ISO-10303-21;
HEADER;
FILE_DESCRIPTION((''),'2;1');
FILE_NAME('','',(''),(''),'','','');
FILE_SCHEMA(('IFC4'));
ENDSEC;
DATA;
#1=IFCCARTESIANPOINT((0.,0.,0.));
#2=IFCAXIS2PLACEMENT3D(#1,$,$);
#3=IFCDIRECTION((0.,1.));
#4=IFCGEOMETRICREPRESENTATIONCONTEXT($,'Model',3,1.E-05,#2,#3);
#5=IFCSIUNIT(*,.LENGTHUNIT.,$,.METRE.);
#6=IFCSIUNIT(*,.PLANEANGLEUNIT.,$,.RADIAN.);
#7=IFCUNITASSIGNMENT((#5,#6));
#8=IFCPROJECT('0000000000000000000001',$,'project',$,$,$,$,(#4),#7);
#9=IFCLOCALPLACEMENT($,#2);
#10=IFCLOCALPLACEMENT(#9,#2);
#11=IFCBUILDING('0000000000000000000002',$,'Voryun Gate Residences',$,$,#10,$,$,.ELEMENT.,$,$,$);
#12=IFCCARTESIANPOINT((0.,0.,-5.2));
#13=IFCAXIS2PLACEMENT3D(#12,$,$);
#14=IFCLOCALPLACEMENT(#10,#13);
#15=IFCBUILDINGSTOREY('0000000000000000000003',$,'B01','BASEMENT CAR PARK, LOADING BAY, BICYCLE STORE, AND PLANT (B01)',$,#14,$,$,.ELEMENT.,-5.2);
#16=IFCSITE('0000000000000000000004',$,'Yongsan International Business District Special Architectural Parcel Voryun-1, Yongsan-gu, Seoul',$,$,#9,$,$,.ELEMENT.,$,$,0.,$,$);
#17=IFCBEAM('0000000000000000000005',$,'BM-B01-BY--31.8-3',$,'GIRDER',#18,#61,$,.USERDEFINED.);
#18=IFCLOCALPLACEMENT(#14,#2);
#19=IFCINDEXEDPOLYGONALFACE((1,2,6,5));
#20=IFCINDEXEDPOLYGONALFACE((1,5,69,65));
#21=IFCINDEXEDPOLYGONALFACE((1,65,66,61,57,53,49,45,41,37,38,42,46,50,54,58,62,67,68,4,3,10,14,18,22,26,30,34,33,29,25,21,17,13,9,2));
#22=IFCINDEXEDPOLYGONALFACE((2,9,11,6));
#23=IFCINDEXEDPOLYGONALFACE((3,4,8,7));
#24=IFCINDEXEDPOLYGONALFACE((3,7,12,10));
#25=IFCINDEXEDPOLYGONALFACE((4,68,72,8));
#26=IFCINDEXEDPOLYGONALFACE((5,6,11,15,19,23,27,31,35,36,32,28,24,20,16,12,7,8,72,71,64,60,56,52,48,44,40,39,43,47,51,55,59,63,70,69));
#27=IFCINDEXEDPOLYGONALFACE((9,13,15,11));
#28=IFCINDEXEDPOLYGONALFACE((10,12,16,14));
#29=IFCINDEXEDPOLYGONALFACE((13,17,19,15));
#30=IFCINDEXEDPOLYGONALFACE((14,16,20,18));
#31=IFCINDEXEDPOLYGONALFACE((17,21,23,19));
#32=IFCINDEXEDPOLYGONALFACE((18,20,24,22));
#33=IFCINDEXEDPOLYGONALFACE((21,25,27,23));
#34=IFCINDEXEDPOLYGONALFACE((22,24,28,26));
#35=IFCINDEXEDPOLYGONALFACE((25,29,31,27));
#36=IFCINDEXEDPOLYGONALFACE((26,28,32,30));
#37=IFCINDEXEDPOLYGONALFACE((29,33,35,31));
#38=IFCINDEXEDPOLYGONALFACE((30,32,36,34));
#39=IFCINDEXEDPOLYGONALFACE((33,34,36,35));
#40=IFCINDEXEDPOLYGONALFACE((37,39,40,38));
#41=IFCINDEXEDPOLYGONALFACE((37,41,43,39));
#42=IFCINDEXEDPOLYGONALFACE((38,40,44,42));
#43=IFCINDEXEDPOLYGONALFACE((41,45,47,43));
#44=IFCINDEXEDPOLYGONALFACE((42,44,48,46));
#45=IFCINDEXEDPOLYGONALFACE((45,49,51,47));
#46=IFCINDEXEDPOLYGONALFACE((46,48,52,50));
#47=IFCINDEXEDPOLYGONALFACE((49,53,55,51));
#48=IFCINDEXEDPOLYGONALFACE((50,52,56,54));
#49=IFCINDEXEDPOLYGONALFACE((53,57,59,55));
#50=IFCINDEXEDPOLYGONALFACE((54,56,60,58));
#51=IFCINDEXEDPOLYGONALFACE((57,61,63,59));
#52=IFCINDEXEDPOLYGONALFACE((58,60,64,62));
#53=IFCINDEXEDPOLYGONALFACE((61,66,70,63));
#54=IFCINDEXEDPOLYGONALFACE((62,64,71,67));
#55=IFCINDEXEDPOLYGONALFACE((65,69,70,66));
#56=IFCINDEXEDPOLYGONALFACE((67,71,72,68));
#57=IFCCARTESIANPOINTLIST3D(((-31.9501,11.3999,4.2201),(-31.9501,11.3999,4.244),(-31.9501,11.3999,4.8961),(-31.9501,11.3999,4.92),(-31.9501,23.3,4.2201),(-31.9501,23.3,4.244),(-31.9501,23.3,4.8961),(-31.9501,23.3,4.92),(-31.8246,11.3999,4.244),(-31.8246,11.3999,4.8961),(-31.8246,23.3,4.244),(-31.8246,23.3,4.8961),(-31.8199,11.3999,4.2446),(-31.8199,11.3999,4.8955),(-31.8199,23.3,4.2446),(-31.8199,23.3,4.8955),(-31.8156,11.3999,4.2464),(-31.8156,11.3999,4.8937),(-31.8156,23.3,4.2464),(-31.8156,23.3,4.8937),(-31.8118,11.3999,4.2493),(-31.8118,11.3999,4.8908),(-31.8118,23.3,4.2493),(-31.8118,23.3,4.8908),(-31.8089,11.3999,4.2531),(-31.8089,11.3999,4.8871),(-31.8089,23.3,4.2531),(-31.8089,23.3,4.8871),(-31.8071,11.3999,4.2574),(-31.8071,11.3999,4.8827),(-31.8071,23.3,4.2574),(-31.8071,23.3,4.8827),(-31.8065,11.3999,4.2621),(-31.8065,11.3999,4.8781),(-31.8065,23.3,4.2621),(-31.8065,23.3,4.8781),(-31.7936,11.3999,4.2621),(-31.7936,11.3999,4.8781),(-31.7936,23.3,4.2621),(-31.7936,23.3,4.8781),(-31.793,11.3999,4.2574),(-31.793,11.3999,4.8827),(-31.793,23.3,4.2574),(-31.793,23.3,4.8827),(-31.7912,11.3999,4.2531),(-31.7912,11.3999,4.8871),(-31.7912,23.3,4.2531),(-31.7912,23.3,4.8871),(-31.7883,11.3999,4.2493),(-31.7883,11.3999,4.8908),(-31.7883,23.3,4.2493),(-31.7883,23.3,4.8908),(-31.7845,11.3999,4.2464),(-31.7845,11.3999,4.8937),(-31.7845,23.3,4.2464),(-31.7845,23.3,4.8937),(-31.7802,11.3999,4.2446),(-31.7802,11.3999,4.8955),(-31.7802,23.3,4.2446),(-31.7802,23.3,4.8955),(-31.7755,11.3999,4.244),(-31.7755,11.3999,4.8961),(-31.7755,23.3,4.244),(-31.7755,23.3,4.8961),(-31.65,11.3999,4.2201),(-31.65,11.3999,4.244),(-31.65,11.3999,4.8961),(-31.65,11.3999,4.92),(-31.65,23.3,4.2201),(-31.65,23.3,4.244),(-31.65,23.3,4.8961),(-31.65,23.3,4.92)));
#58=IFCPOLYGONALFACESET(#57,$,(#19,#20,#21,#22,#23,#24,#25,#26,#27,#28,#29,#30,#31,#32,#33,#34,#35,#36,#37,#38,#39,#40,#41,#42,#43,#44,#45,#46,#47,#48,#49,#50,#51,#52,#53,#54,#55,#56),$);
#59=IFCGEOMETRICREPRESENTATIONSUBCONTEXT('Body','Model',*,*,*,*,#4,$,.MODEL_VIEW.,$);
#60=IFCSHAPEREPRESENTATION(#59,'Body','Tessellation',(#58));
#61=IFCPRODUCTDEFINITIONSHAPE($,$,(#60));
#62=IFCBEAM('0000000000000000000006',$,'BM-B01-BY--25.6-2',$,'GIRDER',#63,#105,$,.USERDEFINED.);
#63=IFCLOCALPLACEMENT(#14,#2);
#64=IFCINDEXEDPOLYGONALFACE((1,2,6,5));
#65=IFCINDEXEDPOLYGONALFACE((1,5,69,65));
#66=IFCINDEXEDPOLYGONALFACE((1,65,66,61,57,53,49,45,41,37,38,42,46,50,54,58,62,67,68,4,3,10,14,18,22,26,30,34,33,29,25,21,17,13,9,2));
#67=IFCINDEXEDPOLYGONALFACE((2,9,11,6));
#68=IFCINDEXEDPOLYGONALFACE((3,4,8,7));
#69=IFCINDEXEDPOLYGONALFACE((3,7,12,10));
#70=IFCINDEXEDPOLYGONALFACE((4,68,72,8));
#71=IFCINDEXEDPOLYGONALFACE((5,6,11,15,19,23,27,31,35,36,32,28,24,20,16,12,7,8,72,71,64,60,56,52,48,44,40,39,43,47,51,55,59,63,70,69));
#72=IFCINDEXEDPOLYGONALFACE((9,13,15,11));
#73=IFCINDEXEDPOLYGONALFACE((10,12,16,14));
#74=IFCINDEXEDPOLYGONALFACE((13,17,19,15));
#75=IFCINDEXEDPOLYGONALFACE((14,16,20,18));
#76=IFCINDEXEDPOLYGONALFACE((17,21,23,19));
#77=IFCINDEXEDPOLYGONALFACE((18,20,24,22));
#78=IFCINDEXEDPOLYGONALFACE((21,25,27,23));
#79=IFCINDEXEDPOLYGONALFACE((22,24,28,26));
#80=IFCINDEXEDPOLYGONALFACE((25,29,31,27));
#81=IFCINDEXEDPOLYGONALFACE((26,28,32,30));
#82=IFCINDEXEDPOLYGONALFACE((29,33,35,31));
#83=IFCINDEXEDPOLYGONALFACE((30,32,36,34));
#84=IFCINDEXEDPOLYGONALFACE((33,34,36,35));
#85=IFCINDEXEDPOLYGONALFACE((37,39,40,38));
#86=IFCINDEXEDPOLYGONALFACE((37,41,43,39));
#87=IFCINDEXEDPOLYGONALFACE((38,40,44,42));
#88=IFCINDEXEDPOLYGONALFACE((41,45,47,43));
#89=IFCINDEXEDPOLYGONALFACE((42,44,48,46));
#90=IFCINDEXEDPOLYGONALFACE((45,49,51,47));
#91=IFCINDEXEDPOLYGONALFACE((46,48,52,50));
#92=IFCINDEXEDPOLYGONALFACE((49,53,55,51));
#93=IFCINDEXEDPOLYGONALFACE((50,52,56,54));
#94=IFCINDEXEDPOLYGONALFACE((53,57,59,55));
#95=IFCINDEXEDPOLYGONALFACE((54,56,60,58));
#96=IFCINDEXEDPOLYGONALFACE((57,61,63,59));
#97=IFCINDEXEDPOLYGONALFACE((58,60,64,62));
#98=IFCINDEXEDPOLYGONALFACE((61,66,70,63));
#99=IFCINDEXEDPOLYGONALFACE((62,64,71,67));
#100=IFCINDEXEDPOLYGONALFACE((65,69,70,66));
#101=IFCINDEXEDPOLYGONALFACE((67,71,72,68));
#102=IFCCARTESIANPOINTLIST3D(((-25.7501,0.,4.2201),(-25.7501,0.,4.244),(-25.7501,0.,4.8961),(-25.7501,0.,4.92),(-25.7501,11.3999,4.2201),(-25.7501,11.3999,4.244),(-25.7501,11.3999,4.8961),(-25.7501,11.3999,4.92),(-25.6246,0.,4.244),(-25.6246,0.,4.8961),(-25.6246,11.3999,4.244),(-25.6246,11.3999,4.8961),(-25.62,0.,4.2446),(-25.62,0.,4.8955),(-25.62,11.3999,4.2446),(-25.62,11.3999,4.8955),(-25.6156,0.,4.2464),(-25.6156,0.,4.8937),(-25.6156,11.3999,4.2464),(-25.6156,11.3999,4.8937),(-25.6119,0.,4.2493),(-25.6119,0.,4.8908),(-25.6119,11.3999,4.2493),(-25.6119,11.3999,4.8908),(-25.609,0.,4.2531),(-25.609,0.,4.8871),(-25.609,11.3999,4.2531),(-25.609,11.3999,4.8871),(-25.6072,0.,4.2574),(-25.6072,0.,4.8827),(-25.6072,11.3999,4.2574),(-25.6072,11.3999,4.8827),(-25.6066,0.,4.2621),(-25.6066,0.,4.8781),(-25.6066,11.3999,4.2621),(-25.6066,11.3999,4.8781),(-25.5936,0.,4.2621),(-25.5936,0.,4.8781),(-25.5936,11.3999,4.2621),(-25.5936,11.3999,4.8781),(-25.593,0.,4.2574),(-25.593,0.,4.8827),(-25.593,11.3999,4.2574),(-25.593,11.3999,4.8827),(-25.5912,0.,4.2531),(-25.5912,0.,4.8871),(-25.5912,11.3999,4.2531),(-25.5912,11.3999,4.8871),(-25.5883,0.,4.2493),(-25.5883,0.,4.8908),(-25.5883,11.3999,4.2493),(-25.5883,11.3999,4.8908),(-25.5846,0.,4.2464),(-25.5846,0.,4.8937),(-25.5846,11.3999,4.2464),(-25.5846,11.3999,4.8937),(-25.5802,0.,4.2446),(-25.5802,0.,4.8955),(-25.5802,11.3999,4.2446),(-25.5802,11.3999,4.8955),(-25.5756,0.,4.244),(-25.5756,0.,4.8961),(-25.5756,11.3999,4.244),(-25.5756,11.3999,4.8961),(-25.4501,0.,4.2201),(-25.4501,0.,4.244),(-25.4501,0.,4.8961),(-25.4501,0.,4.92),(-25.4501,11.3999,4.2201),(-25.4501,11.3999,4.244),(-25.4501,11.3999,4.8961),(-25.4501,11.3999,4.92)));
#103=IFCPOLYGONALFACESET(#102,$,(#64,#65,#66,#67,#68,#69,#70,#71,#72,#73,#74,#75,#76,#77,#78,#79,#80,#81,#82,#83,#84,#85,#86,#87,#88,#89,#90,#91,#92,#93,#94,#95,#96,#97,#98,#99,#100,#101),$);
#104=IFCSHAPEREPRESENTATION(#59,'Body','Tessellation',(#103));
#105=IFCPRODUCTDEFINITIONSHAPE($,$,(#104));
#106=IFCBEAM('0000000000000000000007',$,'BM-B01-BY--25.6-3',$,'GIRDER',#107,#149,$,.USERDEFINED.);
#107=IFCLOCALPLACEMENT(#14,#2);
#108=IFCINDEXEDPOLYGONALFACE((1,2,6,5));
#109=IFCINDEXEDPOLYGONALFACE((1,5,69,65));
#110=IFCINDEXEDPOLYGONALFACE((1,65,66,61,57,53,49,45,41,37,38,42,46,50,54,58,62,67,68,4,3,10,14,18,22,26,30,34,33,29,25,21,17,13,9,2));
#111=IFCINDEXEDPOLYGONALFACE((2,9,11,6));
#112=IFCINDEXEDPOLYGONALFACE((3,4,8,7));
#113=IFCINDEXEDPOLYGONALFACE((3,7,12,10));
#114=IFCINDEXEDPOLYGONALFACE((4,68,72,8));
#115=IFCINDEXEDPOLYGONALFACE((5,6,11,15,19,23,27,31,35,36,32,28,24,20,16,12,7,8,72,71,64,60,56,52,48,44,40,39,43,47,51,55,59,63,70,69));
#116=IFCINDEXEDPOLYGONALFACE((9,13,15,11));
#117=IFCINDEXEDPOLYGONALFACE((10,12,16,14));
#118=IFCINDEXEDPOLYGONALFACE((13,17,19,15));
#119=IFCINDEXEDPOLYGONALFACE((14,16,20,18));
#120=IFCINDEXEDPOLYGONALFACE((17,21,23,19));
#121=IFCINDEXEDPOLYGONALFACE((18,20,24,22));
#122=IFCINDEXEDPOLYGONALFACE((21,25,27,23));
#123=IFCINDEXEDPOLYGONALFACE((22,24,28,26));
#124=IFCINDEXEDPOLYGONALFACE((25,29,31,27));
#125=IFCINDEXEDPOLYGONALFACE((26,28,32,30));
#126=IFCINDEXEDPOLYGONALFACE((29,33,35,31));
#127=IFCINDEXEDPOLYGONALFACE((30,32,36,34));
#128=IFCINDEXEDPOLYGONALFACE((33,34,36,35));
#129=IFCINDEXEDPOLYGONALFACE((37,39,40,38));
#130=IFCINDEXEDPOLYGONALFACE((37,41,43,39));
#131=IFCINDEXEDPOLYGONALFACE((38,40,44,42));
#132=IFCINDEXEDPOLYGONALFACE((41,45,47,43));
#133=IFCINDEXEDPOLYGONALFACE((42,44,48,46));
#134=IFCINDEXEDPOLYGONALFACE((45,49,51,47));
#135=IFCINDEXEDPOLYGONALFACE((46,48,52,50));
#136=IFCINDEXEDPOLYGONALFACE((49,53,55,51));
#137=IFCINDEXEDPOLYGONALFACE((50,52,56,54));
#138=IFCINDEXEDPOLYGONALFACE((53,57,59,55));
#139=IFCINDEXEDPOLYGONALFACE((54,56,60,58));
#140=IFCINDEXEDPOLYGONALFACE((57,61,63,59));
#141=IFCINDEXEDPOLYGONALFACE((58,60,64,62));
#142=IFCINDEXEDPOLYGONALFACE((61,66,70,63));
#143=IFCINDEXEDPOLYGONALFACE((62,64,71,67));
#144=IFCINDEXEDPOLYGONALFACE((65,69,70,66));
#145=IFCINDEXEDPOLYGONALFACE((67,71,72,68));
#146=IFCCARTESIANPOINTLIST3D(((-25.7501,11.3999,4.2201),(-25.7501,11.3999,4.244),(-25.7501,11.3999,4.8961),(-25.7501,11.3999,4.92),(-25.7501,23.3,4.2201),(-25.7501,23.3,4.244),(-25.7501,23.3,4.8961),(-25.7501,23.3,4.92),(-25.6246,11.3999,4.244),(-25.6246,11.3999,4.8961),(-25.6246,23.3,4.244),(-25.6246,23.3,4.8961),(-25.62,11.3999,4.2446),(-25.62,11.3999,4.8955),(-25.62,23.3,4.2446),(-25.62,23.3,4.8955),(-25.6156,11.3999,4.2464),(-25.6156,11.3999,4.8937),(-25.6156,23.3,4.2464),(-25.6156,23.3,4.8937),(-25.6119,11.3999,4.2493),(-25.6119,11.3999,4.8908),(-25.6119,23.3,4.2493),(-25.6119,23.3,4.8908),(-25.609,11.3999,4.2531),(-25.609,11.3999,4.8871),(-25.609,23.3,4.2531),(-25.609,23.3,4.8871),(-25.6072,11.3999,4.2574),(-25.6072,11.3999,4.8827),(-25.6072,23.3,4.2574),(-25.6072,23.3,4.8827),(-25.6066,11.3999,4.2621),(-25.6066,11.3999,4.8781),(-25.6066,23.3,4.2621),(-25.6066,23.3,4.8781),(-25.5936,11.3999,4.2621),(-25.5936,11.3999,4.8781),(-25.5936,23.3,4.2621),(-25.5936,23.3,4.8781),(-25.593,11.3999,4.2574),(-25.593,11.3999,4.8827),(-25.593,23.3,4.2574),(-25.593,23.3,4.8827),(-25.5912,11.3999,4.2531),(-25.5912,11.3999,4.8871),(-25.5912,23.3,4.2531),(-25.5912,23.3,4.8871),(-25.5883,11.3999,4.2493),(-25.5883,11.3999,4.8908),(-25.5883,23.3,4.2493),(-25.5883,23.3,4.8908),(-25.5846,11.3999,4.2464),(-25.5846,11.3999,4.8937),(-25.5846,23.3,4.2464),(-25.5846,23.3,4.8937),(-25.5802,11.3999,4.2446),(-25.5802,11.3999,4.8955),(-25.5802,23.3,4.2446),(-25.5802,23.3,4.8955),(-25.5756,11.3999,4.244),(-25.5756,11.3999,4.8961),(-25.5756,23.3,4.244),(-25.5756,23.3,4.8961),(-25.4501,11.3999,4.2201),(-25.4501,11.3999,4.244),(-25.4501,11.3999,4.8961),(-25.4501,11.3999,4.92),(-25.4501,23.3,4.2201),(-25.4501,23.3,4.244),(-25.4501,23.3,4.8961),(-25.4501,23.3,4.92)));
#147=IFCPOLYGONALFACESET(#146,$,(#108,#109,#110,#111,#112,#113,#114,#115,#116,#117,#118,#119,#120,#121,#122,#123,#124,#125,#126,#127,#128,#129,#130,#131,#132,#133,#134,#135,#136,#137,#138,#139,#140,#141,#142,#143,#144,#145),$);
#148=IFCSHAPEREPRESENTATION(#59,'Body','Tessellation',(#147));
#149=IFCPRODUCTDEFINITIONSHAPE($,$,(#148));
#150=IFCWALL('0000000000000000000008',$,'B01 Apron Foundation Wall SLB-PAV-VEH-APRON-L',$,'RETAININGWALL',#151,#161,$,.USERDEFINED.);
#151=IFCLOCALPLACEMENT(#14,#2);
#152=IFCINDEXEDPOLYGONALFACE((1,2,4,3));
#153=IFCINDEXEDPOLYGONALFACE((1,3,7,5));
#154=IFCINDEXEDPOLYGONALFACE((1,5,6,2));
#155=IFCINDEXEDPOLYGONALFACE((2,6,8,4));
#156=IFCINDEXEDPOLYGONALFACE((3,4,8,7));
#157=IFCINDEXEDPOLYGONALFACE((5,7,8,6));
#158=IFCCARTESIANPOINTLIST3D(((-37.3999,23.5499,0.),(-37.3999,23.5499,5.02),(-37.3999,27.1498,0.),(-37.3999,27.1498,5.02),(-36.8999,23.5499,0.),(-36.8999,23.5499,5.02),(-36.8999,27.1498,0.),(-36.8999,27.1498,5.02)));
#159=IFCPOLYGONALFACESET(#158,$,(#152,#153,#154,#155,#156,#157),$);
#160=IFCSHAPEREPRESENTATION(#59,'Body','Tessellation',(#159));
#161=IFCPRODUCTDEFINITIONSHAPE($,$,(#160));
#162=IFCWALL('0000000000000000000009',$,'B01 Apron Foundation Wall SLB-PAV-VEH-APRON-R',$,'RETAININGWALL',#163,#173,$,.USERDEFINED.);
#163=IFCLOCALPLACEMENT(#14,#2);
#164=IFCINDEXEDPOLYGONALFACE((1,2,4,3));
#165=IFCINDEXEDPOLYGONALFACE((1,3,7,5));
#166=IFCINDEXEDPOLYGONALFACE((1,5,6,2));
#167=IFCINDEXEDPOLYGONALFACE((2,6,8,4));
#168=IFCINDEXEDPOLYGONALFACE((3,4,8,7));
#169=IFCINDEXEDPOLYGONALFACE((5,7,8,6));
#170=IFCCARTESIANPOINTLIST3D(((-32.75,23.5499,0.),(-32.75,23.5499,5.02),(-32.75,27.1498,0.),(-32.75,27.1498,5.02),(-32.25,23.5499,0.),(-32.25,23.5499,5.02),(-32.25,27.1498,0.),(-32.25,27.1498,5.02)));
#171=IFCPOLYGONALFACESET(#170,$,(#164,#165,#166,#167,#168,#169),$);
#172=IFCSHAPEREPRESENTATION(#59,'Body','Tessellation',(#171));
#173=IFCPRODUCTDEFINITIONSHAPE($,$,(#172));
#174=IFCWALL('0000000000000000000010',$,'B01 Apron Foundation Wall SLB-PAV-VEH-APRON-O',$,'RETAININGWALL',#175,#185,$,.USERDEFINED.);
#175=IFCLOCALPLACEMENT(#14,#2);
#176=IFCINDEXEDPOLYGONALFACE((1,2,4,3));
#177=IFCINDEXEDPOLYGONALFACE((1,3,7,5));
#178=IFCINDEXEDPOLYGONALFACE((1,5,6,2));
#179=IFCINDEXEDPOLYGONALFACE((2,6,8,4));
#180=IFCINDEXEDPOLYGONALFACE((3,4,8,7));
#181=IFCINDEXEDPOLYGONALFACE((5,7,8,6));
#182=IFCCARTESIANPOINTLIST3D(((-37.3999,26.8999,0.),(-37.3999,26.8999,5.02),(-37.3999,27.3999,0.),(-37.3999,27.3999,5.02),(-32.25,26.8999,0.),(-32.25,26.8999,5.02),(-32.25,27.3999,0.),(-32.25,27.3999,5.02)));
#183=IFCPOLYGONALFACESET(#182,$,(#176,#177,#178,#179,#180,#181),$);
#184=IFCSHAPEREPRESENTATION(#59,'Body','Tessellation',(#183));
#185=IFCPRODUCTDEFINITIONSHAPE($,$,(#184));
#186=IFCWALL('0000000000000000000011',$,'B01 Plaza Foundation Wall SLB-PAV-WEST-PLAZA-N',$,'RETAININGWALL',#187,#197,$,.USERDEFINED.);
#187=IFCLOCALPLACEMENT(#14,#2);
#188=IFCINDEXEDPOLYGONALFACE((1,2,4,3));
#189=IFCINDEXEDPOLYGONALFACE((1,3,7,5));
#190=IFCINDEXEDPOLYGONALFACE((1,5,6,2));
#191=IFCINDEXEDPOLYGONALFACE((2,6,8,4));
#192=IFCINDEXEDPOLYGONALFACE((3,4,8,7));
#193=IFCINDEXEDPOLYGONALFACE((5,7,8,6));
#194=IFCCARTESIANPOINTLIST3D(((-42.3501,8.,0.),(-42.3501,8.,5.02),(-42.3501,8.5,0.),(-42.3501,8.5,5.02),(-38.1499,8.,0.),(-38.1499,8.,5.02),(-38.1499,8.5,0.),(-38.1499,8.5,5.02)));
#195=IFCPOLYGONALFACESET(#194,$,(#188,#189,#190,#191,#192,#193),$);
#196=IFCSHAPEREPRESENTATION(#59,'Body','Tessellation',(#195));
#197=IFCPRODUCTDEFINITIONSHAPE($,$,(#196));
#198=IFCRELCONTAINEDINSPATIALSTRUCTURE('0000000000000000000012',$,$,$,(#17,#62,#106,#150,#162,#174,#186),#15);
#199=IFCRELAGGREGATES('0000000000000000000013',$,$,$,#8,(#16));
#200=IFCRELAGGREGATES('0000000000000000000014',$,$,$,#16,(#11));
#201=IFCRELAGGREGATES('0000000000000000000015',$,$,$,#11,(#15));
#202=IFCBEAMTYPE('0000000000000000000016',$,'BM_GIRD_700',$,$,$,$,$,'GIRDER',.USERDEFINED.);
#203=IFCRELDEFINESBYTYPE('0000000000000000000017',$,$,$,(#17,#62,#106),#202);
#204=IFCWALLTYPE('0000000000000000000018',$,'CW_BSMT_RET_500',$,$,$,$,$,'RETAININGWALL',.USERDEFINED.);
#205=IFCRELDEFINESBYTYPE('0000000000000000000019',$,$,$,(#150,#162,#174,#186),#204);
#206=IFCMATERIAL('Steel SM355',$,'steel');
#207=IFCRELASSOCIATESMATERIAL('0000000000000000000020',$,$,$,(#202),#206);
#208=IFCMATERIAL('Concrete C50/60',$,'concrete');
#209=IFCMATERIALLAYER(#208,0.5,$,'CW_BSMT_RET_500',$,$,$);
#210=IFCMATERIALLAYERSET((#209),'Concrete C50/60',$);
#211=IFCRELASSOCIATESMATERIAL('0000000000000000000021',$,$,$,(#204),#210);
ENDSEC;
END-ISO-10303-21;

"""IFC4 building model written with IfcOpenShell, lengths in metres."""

from ifc_helpers import new_model, si_unit, direction, frame, frame_2d, origin, origin_2d, place, context, subcontext, project, spatial, rectangle, i_section, extrude, material, layer, layer_set, material_profile, profile_set, type_object, element, save


model = new_model("IFC4")

# Units and contexts
model_context = context("Model", 3, precision=1e-05, world=origin(), true_north=direction((0.0, 1.0)))
body_context = subcontext(model_context, "Body", "Model", "MODEL_VIEW")
ifc_project = project(units=[si_unit("LENGTHUNIT", "METRE"), si_unit("PLANEANGLEUNIT", "RADIAN")], contexts=[model_context])

# Site, building, storey
site_placement = place(None, origin())
site = spatial("IfcSite", under=ifc_project, at=site_placement, Name="Yongsan International Business District Special Architectural Parcel Voryun-1, Yongsan-gu, Seoul", CompositionType="ELEMENT", RefElevation=0.0)
building_placement = place(site_placement, origin())
building = spatial("IfcBuilding", under=site, at=building_placement, Name="Voryun Gate Residences", CompositionType="ELEMENT")
storey_placement = place(building_placement, frame((0.0, 0.0, -5.2)))
storey = spatial("IfcBuildingStorey", under=building, at=storey_placement, Name="B01", Description="BASEMENT CAR PARK, LOADING BAY, BICYCLE STORE, AND PLANT (B01)", CompositionType="ELEMENT", Elevation=-5.2)

# Beams
ifc_material_1 = material(Name="Steel SM355", Category="steel")
ifc_material_profile_1 = material_profile(ifc_material_1, i_section(OverallWidth=0.3, OverallDepth=0.7, WebThickness=0.0129, FlangeThickness=0.0239, FilletRadius=0.0181, at=origin_2d()), Name="H-700x300x13x24")
ifc_profile_set_1 = profile_set([ifc_material_profile_1], Name="Steel SM355")
beam_type_1 = type_object("IfcBeamType", Name="BM_GIRD_700", ElementType="GIRDER", PredefinedType="USERDEFINED", material=ifc_profile_set_1)
beam_1_placement = place(storey_placement, frame((-31.8, 11.3999, 4.5701), z_axis=(0.0, 1.0, 0.0), x_axis=(-1.0, 0.0, 0.0)))
element("IfcBeam", 1, at=beam_1_placement, inside=storey, type_object=beam_type_1, Name="BM-B01-BY--31.8-3", ObjectType="GIRDER", PredefinedType="USERDEFINED", context=body_context, shape_type="SweptSolid", body=[
    extrude(i_section(OverallWidth=0.3, OverallDepth=0.7, WebThickness=0.0129, FlangeThickness=0.0239, FilletRadius=0.0181, at=origin_2d()), origin(), (0.0, 0.0, 1.0), 11.9001),
])
beam_2_placement = place(storey_placement, frame((-25.6001, 0.0, 4.5701), z_axis=(0.0, 1.0, 0.0), x_axis=(-1.0, 0.0, 0.0)))
element("IfcBeam", 2, at=beam_2_placement, inside=storey, type_object=beam_type_1, Name="BM-B01-BY--25.6-2", ObjectType="GIRDER", PredefinedType="USERDEFINED", context=body_context, shape_type="SweptSolid", body=[
    extrude(i_section(OverallWidth=0.3, OverallDepth=0.7, WebThickness=0.0129, FlangeThickness=0.0239, FilletRadius=0.0181, at=origin_2d()), origin(), (0.0, 0.0, 1.0), 11.3999),
])
beam_3_placement = place(storey_placement, frame((-25.6001, 11.3999, 4.5701), z_axis=(0.0, 1.0, 0.0), x_axis=(-1.0, 0.0, 0.0)))
element("IfcBeam", 3, at=beam_3_placement, inside=storey, type_object=beam_type_1, Name="BM-B01-BY--25.6-3", ObjectType="GIRDER", PredefinedType="USERDEFINED", context=body_context, shape_type="SweptSolid", body=[
    extrude(i_section(OverallWidth=0.3, OverallDepth=0.7, WebThickness=0.0129, FlangeThickness=0.0239, FilletRadius=0.0181, at=origin_2d()), origin(), (0.0, 0.0, 1.0), 11.9001),
])

# Walls
ifc_material_2 = material(Name="Concrete C50/60", Category="concrete")
ifc_layer_1 = layer(ifc_material_2, 0.5, Name="CW_BSMT_RET_500")
ifc_layer_set_1 = layer_set([ifc_layer_1], Name="Concrete C50/60")
wall_type_1 = type_object("IfcWallType", Name="CW_BSMT_RET_500", ElementType="RETAININGWALL", PredefinedType="USERDEFINED", material=ifc_layer_set_1)
for number, where, z_axis, x_axis, name in (
    (4, (-37.1499, 23.55, 0.0), (0.0, 0.0, 1.0), (0.0, 1.0, 0.0), "B01 Apron Foundation Wall SLB-PAV-VEH-APRON-L"),
    (5, (-32.5, 23.55, 0.0), (0.0, 0.0, 1.0), (0.0, 1.0, 0.0), "B01 Apron Foundation Wall SLB-PAV-VEH-APRON-R"),
):
    element("IfcWall", number, at=place(storey_placement, frame(where, z_axis=z_axis, x_axis=x_axis)), inside=storey, type_object=wall_type_1, Name=name, ObjectType="RETAININGWALL", PredefinedType="USERDEFINED", context=body_context, shape_type="SweptSolid", body=[
        extrude(rectangle(XDim=3.5999, YDim=0.5, at=frame_2d((1.7998, 0.0))), origin(), (0.0, 0.0, 1.0), 5.02),
    ])
wall_1_placement = place(storey_placement, frame((-37.3999, 27.1499, 0.0), z_axis=(0.0, 0.0, 1.0), x_axis=(1.0, 0.0, 0.0)))
element("IfcWall", 6, at=wall_1_placement, inside=storey, type_object=wall_type_1, Name="B01 Apron Foundation Wall SLB-PAV-VEH-APRON-O", ObjectType="RETAININGWALL", PredefinedType="USERDEFINED", context=body_context, shape_type="SweptSolid", body=[
    extrude(rectangle(XDim=5.1499, YDim=0.5, at=frame_2d((2.575, 0.0))), origin(), (0.0, 0.0, 1.0), 5.02),
])
wall_2_placement = place(storey_placement, frame((-42.3501, 8.25, 0.0), z_axis=(0.0, 0.0, 1.0), x_axis=(1.0, 0.0, 0.0)))
element("IfcWall", 7, at=wall_2_placement, inside=storey, type_object=wall_type_1, Name="B01 Plaza Foundation Wall SLB-PAV-WEST-PLAZA-N", ObjectType="RETAININGWALL", PredefinedType="USERDEFINED", context=body_context, shape_type="SweptSolid", body=[
    extrude(rectangle(XDim=4.2002, YDim=0.5, at=frame_2d((2.1001, 0.0))), origin(), (0.0, 0.0, 1.0), 5.02),
])

save(model, "model.ifc")
